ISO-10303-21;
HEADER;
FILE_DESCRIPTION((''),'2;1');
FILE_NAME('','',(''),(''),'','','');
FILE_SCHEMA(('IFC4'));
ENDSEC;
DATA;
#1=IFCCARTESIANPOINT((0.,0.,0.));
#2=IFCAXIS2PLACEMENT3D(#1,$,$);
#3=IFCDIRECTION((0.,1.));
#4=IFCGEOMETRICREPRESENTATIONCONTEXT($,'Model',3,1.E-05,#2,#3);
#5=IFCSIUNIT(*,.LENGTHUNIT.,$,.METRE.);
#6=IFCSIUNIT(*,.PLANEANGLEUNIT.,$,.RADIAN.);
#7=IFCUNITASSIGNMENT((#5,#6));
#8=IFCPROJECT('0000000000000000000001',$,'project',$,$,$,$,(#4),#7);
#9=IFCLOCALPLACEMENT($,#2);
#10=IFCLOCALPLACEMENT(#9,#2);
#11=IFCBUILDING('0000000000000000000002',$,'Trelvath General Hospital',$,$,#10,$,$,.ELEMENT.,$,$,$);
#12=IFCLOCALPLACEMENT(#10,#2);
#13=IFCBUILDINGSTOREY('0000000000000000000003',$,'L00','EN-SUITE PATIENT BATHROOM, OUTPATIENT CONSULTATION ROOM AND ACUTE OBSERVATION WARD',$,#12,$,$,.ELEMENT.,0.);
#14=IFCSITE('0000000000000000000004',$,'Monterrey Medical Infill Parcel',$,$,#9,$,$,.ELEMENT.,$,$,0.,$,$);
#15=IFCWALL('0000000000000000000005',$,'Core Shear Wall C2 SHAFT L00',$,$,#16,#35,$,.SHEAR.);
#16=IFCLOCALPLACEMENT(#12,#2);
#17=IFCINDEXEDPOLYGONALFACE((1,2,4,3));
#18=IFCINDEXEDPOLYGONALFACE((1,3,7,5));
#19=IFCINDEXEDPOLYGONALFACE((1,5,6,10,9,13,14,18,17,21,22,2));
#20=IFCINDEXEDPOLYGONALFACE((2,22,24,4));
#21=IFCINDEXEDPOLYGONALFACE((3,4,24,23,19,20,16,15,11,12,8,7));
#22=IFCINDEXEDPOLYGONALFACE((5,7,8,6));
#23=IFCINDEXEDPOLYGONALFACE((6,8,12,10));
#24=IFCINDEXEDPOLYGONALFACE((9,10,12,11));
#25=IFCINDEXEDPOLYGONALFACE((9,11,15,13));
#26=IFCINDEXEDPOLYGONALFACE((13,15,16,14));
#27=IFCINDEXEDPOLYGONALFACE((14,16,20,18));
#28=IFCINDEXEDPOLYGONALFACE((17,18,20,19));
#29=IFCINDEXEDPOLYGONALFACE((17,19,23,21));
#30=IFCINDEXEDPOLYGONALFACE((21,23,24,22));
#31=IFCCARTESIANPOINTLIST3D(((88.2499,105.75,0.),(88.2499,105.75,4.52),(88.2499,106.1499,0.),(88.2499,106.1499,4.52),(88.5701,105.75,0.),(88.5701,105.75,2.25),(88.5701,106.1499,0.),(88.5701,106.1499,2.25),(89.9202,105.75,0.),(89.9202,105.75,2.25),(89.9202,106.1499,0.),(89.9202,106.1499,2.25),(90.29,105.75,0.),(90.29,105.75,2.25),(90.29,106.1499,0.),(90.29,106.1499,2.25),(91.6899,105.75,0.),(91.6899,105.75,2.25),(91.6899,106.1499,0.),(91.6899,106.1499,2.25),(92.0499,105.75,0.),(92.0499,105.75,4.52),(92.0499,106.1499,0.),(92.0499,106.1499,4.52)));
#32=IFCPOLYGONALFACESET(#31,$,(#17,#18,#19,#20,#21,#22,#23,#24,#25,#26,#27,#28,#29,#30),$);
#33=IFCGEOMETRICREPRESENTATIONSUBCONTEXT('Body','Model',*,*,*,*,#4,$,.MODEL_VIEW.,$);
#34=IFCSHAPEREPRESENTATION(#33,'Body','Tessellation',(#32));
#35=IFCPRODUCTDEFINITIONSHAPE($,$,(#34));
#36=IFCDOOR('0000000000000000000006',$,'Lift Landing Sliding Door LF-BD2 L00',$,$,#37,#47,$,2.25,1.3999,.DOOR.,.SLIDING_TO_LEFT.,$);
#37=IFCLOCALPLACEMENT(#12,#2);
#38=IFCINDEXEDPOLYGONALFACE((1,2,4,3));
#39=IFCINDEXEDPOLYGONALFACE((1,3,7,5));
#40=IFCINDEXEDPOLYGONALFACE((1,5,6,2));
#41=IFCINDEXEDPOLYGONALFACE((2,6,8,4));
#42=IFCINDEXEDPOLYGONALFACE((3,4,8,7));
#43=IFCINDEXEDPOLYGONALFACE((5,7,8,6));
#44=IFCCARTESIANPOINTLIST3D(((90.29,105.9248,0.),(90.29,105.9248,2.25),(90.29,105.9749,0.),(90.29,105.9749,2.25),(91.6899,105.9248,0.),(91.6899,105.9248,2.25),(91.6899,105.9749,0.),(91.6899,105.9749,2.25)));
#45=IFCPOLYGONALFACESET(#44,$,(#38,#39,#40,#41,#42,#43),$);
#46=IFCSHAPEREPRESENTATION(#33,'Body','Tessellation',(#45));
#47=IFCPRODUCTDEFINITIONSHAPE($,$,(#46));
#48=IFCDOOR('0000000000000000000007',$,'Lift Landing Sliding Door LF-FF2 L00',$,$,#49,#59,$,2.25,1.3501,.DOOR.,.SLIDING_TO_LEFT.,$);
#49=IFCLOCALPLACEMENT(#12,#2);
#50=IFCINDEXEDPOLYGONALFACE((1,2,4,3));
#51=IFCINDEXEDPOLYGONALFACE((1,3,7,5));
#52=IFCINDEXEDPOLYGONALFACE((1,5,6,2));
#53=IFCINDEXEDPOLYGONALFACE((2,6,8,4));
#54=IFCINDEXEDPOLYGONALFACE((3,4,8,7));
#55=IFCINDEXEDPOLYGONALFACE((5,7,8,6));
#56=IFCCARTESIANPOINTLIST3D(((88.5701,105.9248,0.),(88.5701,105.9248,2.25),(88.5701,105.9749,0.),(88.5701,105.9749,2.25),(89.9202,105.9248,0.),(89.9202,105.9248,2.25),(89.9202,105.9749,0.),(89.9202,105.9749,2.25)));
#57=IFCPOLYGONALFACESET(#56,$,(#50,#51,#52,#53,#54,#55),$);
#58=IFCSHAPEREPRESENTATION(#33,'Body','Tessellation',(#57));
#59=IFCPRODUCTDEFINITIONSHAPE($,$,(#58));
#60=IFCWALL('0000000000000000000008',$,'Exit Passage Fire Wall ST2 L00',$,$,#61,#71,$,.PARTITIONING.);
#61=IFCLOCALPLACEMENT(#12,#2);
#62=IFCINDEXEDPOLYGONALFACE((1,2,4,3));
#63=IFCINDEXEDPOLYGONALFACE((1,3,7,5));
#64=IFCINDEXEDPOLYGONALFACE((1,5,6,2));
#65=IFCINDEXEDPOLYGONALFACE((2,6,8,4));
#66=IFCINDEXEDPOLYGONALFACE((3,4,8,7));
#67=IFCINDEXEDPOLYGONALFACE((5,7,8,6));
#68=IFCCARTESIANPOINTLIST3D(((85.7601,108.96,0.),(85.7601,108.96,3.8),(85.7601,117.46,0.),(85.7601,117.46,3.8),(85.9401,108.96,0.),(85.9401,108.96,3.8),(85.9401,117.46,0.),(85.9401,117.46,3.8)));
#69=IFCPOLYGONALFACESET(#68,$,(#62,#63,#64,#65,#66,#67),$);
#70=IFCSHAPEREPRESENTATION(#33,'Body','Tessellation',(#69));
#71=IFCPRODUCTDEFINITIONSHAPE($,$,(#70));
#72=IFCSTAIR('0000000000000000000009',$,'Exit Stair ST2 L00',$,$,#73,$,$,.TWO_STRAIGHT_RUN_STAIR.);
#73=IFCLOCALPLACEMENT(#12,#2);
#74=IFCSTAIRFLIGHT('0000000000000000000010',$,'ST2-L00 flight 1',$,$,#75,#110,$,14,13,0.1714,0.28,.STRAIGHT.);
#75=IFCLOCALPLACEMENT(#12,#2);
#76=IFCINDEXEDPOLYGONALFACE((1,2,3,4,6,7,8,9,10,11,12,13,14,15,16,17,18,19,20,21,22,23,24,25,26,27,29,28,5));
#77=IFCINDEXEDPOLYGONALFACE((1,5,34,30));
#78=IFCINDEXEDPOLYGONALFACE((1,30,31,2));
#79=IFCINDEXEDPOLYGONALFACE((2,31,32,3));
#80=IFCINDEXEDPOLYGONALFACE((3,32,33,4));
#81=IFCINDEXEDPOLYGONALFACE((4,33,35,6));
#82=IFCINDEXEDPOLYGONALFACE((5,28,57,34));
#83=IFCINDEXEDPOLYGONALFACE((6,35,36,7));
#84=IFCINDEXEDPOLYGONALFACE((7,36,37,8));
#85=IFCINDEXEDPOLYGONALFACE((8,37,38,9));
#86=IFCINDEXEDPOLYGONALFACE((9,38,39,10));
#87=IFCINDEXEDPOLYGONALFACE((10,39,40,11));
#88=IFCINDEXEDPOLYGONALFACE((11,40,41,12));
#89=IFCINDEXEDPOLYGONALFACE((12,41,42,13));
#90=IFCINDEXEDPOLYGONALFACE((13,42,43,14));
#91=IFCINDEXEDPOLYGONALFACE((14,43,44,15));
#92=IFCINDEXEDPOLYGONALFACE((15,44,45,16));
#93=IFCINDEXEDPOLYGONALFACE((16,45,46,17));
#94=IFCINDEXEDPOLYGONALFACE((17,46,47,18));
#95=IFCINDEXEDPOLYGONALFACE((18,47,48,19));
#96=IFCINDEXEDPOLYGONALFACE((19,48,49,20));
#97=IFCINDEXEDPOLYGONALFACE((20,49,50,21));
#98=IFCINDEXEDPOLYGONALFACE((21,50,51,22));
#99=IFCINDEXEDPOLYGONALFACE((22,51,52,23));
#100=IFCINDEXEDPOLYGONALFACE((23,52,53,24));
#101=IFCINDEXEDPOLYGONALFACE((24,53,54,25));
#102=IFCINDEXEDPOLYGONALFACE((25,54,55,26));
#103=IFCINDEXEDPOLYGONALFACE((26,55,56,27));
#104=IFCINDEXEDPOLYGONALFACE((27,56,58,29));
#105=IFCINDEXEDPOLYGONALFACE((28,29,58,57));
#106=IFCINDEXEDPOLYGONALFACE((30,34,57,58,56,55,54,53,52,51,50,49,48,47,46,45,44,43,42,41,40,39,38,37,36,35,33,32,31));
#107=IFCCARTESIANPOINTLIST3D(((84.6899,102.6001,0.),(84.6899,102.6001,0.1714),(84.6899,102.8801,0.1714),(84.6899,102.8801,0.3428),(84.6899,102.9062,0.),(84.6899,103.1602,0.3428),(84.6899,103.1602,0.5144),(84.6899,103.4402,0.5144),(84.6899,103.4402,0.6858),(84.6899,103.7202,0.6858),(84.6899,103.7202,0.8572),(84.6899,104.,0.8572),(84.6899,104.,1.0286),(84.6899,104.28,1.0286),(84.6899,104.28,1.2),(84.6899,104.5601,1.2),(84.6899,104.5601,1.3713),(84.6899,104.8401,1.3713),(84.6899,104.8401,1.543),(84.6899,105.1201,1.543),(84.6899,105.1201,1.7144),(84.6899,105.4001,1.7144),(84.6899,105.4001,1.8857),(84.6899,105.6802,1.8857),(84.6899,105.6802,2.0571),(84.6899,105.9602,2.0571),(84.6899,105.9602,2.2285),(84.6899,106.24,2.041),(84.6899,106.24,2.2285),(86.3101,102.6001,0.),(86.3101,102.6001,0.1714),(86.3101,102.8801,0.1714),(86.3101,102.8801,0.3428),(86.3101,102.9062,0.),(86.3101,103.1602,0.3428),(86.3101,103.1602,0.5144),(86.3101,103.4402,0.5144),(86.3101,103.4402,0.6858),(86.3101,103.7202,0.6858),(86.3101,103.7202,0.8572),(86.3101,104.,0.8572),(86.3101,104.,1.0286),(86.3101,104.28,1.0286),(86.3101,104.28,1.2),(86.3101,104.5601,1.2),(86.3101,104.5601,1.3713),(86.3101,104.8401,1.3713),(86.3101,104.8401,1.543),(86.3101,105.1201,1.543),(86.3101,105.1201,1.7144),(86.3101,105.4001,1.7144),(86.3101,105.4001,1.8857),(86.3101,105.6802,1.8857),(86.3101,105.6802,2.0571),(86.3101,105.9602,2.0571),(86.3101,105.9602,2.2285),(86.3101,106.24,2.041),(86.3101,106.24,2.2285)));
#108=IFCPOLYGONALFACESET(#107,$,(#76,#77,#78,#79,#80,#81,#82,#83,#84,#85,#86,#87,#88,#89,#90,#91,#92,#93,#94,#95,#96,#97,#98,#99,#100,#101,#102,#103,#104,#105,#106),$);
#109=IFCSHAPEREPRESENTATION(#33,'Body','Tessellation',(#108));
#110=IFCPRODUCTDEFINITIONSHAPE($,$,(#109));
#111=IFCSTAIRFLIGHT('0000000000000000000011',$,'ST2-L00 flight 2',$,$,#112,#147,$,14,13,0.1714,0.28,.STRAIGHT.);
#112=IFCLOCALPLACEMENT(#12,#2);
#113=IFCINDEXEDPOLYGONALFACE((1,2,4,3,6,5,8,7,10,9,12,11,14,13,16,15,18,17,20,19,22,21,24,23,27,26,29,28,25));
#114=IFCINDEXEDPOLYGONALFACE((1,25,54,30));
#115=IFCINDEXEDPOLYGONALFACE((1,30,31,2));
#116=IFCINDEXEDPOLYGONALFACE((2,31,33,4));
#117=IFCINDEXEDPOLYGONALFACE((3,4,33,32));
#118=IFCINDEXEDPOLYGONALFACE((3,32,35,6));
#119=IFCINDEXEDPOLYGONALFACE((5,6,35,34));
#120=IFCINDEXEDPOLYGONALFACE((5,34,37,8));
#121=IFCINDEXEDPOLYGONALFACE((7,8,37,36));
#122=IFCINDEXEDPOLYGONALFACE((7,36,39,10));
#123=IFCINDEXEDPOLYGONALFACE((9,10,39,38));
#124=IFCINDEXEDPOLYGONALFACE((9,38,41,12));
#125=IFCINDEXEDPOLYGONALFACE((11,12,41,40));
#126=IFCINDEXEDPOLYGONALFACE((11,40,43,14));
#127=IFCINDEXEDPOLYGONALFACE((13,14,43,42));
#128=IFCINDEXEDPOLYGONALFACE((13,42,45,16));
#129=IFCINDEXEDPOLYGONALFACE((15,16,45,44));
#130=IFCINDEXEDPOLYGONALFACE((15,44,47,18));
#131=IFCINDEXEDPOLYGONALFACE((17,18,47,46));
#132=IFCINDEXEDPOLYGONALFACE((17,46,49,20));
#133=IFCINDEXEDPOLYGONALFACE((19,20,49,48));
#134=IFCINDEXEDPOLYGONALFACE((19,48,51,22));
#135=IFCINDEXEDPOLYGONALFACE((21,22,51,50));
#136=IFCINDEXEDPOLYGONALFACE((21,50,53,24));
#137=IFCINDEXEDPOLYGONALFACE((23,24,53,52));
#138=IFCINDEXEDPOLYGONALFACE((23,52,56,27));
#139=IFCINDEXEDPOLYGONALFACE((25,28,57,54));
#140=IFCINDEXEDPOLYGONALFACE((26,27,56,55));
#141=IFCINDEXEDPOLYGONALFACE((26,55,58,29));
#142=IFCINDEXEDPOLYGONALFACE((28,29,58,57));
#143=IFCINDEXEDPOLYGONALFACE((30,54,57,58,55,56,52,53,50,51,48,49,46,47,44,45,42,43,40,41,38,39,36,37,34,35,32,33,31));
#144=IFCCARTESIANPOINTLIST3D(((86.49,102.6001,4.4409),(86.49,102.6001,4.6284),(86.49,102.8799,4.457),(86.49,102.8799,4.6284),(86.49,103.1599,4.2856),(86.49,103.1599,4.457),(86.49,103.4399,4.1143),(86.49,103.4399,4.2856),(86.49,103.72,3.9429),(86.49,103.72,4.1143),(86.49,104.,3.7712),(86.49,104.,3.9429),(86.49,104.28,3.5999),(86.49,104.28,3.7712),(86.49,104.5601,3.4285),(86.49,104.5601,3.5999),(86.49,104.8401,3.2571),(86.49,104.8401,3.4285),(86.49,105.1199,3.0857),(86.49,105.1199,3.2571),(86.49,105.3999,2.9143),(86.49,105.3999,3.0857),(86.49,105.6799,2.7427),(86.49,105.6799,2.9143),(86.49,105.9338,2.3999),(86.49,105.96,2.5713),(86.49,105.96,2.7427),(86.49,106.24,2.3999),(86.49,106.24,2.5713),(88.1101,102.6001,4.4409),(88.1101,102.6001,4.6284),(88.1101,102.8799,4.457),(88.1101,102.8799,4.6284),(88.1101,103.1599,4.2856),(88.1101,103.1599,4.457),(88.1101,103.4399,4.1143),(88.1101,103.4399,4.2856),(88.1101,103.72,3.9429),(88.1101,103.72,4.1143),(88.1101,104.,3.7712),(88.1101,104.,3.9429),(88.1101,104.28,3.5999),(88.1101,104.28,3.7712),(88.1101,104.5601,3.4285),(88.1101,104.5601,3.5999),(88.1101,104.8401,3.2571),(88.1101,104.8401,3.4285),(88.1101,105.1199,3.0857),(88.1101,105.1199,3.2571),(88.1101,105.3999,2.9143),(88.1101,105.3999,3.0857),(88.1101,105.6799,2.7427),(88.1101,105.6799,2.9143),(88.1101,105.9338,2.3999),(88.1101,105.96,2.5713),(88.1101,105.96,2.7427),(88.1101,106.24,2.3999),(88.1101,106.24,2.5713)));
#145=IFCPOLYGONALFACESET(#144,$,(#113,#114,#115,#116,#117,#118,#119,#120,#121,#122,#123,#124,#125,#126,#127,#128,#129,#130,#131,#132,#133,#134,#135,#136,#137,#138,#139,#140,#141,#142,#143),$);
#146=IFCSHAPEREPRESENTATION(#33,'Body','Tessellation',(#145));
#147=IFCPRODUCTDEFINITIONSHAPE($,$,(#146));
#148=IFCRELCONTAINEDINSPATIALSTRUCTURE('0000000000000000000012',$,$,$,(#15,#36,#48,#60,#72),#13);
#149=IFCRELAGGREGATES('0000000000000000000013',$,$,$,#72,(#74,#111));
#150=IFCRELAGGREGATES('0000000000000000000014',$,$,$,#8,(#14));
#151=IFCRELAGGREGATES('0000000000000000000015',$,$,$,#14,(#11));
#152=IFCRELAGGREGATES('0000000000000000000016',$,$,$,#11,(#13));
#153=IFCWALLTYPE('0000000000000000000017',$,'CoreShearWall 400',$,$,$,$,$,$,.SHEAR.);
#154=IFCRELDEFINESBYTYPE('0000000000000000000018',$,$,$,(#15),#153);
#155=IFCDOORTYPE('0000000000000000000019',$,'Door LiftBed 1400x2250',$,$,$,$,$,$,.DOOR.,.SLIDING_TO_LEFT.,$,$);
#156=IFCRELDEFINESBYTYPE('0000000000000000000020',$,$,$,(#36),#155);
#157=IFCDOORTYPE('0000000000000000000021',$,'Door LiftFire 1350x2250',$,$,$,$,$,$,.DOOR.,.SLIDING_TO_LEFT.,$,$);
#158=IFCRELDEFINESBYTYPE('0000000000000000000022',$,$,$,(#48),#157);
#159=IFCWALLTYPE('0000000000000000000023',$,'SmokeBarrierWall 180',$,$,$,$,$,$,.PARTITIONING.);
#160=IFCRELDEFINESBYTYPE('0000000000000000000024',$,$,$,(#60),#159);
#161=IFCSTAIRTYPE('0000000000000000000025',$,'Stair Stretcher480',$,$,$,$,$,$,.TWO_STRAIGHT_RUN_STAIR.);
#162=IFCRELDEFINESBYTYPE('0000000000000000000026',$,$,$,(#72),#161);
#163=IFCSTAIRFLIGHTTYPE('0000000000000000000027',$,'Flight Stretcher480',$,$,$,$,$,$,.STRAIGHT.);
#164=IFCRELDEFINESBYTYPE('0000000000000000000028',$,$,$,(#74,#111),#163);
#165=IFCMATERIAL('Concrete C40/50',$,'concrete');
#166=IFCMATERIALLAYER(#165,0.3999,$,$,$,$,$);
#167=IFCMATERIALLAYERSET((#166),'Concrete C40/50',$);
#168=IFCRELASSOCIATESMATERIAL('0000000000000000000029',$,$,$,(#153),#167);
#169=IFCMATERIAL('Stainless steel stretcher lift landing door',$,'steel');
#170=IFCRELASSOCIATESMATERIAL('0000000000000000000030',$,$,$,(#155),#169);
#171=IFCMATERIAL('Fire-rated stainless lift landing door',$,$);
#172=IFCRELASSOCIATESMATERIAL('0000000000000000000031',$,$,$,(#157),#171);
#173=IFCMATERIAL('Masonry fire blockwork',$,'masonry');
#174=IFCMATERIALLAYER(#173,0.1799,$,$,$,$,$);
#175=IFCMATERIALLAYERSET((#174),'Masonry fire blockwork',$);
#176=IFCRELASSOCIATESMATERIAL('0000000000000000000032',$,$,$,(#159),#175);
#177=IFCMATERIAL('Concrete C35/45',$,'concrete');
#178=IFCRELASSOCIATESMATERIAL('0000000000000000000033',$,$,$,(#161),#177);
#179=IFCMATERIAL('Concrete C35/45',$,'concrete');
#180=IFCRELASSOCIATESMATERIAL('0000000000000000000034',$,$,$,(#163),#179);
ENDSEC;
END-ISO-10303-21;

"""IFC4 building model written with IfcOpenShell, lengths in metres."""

from ifc_helpers import new_model, si_unit, direction, frame, frame_2d, origin, place, context, subcontext, project, spatial, polyline, rectangle, outline, extrude, material, layer, layer_set, type_object, element, fill, aggregate, save


model = new_model("IFC4")

# Units and contexts
model_context = context("Model", 3, precision=1e-05, world=origin(), true_north=direction((0.0, 1.0)))
body_context = subcontext(model_context, "Body", "Model", "MODEL_VIEW")
ifc_project = project(units=[si_unit("LENGTHUNIT", "METRE"), si_unit("PLANEANGLEUNIT", "RADIAN")], contexts=[model_context])

# Site, building, storey
site_placement = place(None, origin())
site = spatial("IfcSite", under=ifc_project, at=site_placement, Name="Monterrey Medical Infill Parcel", CompositionType="ELEMENT", RefElevation=0.0)
building_placement = place(site_placement, origin())
building = spatial("IfcBuilding", under=site, at=building_placement, Name="Trelvath General Hospital", CompositionType="ELEMENT")
storey_placement = place(building_placement, origin())
storey = spatial("IfcBuildingStorey", under=building, at=storey_placement, Name="L00", Description="EN-SUITE PATIENT BATHROOM, OUTPATIENT CONSULTATION ROOM AND ACUTE OBSERVATION WARD", CompositionType="ELEMENT", Elevation=0.0)

# Shared definitions
ifc_material_1 = material(Name="Concrete C40/50", Category="concrete")
ifc_layer_1 = layer(ifc_material_1, 0.3999)
ifc_layer_set_1 = layer_set([ifc_layer_1], Name="Concrete C40/50")
wall_type_1 = type_object("IfcWallType", Name="CoreShearWall 400", PredefinedType="SHEAR", material=ifc_layer_set_1)

# Wall, openings, doors
wall_1_placement = place(storey_placement, frame((88.25, 105.95, 0.0), z_axis=(0.0, 0.0, 1.0), x_axis=(1.0, 0.0, 0.0)))
wall_1 = element("IfcWall", 1, at=wall_1_placement, inside=storey, type_object=wall_type_1, Name="Core Shear Wall C2 SHAFT L00", PredefinedType="SHEAR", context=body_context, shape_type="SweptSolid", body=[
    extrude(rectangle(XDim=3.8, YDim=0.3999, at=frame_2d((1.8999, 0.0))), origin(), (0.0, 0.0, 1.0), 4.52),
])
opening_1_placement = place(wall_1_placement, frame((0.3201, 0.0, 0.0)))
opening_1 = element("IfcOpeningElement", 2, at=opening_1_placement, cuts=wall_1, PredefinedType="OPENING", context=body_context, shape_type="SweptSolid", body=[
    extrude(rectangle(XDim=1.3501, YDim=2.25, at=frame_2d((0.675, 1.125))), frame((0.0, 0.21, 0.0), z_axis=(0.0, -1.0, 0.0), x_axis=(1.0, 0.0, 0.0)), (0.0, 0.0, 1.0), 0.4199),
])
opening_2_placement = place(wall_1_placement, frame((2.04, 0.0, 0.0)))
opening_2 = element("IfcOpeningElement", 3, at=opening_2_placement, cuts=wall_1, PredefinedType="OPENING", context=body_context, shape_type="SweptSolid", body=[
    extrude(rectangle(XDim=1.3999, YDim=2.25, at=frame_2d((0.7, 1.125))), frame((0.0, 0.21, 0.0), z_axis=(0.0, -1.0, 0.0), x_axis=(1.0, 0.0, 0.0)), (0.0, 0.0, 1.0), 0.4199),
])
ifc_material_2 = material(Name="Stainless steel stretcher lift landing door", Category="steel")
door_type_1 = type_object("IfcDoorType", Name="Door LiftBed 1400x2250", OperationType="SLIDING_TO_LEFT", PredefinedType="DOOR", material=ifc_material_2)
door_1_placement = place(opening_2_placement, origin())
door_1 = element("IfcDoor", 4, at=door_1_placement, inside=storey, type_object=door_type_1, Name="Lift Landing Sliding Door LF-BD2 L00", OperationType="SLIDING_TO_LEFT", OverallHeight=2.25, OverallWidth=1.3999, PredefinedType="DOOR", context=body_context, shape_type="SweptSolid", body=[
    extrude(rectangle(XDim=1.3999, YDim=2.25, at=frame_2d((0.7, 1.125))), frame((0.0, 0.0249, 0.0), z_axis=(0.0, -1.0, 0.0), x_axis=(1.0, 0.0, 0.0)), (0.0, 0.0, 1.0), 0.05),
])
fill(opening_2, door_1)
ifc_material_3 = material(Name="Fire-rated stainless lift landing door")
door_type_2 = type_object("IfcDoorType", Name="Door LiftFire 1350x2250", OperationType="SLIDING_TO_LEFT", PredefinedType="DOOR", material=ifc_material_3)
door_2_placement = place(opening_1_placement, origin())
door_2 = element("IfcDoor", 5, at=door_2_placement, inside=storey, type_object=door_type_2, Name="Lift Landing Sliding Door LF-FF2 L00", OperationType="SLIDING_TO_LEFT", OverallHeight=2.25, OverallWidth=1.3501, PredefinedType="DOOR", context=body_context, shape_type="SweptSolid", body=[
    extrude(rectangle(XDim=1.3501, YDim=2.25, at=frame_2d((0.675, 1.125))), frame((0.0, 0.0249, 0.0), z_axis=(0.0, -1.0, 0.0), x_axis=(1.0, 0.0, 0.0)), (0.0, 0.0, 1.0), 0.05),
])
fill(opening_1, door_2)

# Wall
ifc_material_4 = material(Name="Masonry fire blockwork", Category="masonry")
ifc_layer_2 = layer(ifc_material_4, 0.1799)
ifc_layer_set_2 = layer_set([ifc_layer_2], Name="Masonry fire blockwork")
wall_type_2 = type_object("IfcWallType", Name="SmokeBarrierWall 180", PredefinedType="PARTITIONING", material=ifc_layer_set_2)
wall_2_placement = place(storey_placement, frame((85.8501, 108.96, 0.0), z_axis=(0.0, 0.0, 1.0), x_axis=(0.0, 1.0, 0.0)))
element("IfcWall", 6, at=wall_2_placement, inside=storey, type_object=wall_type_2, Name="Exit Passage Fire Wall ST2 L00", PredefinedType="PARTITIONING", context=body_context, shape_type="SweptSolid", body=[
    extrude(rectangle(XDim=8.5, YDim=0.1799, at=frame_2d((4.25, 0.0))), origin(), (0.0, 0.0, 1.0), 3.8),
])

# Stair, stair flights
ifc_material_5 = material(Name="Concrete C35/45", Category="concrete")
stair_type = type_object("IfcStairType", Name="Stair Stretcher480", PredefinedType="TWO_STRAIGHT_RUN_STAIR", material=ifc_material_5)
stair_placement = place(storey_placement, origin())
stair = element("IfcStair", 7, at=stair_placement, inside=storey, type_object=stair_type, Name="Exit Stair ST2 L00", PredefinedType="TWO_STRAIGHT_RUN_STAIR")
ifc_material_6 = material(Name="Concrete C35/45", Category="concrete")
stair_flight_type = type_object("IfcStairFlightType", Name="Flight Stretcher480", PredefinedType="STRAIGHT", material=ifc_material_6)
stair_flight_1_placement = place(storey_placement, frame((85.5, 102.6001, 0.0), z_axis=(0.0, 0.0, 1.0), x_axis=(0.0, 1.0, 0.0)))
stair_flight_1 = element("IfcStairFlight", 8, at=stair_flight_1_placement, type_object=stair_flight_type, Name="ST2-L00 flight 1", NumberOfRisers=14, NumberOfTreads=13, PredefinedType="STRAIGHT", RiserHeight=0.1714, TreadLength=0.28, context=body_context, shape_type="SweptSolid", body=[
    extrude(outline(polyline([(0.0, 0.0), (0.0, 0.1714), (0.28, 0.1714), (0.28, 0.3428), (0.5601, 0.3428), (0.5601, 0.5144), (0.8401, 0.5144), (0.8401, 0.6858), (1.1201, 0.6858), (1.1201, 0.8572), (1.3999, 0.8572), (1.3999, 1.0286), (1.6799, 1.0286), (1.6799, 1.2), (1.96, 1.2), (1.96, 1.3713), (2.24, 1.3713), (2.24, 1.543), (2.52, 1.543), (2.52, 1.7144), (2.8, 1.7144), (2.8, 1.8857), (3.0801, 1.8857), (3.0801, 2.0571), (3.3601, 2.0571), (3.3601, 2.2285), (3.6399, 2.2285), (3.6399, 2.3999), (3.6399, 2.041), (0.3062, 0.0), (0.0, 0.0)])), frame((0.0, 0.8101, 0.0), z_axis=(0.0, -1.0, 0.0), x_axis=(1.0, 0.0, 0.0)), (0.0, 0.0, 1.0), 1.6201),
])
stair_flight_2_placement = place(storey_placement, frame((87.3, 106.24, 2.3999), z_axis=(0.0, 0.0, 1.0), x_axis=(0.0, -1.0, 0.0)))
stair_flight_2 = element("IfcStairFlight", 9, at=stair_flight_2_placement, type_object=stair_flight_type, Name="ST2-L00 flight 2", NumberOfRisers=14, NumberOfTreads=13, PredefinedType="STRAIGHT", RiserHeight=0.1714, TreadLength=0.28, context=body_context, shape_type="SweptSolid", body=[
    extrude(outline(polyline([(0.0, 0.0), (0.0, 0.1714), (0.28, 0.1714), (0.28, 0.3428), (0.5601, 0.3428), (0.5601, 0.5144), (0.8401, 0.5144), (0.8401, 0.6858), (1.1201, 0.6858), (1.1201, 0.8572), (1.3999, 0.8572), (1.3999, 1.0286), (1.6799, 1.0286), (1.6799, 1.2), (1.96, 1.2), (1.96, 1.3713), (2.24, 1.3713), (2.24, 1.543), (2.52, 1.543), (2.52, 1.7144), (2.8, 1.7144), (2.8, 1.8857), (3.0801, 1.8857), (3.0801, 2.0571), (3.3601, 2.0571), (3.3601, 2.2285), (3.6399, 2.2285), (3.6399, 2.3999), (3.6399, 2.041), (0.3062, 0.0), (0.0, 0.0)])), frame((0.0, 0.8101, 0.0), z_axis=(0.0, -1.0, 0.0), x_axis=(1.0, 0.0, 0.0)), (0.0, 0.0, 1.0), 1.6201),
])
aggregate(stair, [stair_flight_1, stair_flight_2])

save(model, "model.ifc")
